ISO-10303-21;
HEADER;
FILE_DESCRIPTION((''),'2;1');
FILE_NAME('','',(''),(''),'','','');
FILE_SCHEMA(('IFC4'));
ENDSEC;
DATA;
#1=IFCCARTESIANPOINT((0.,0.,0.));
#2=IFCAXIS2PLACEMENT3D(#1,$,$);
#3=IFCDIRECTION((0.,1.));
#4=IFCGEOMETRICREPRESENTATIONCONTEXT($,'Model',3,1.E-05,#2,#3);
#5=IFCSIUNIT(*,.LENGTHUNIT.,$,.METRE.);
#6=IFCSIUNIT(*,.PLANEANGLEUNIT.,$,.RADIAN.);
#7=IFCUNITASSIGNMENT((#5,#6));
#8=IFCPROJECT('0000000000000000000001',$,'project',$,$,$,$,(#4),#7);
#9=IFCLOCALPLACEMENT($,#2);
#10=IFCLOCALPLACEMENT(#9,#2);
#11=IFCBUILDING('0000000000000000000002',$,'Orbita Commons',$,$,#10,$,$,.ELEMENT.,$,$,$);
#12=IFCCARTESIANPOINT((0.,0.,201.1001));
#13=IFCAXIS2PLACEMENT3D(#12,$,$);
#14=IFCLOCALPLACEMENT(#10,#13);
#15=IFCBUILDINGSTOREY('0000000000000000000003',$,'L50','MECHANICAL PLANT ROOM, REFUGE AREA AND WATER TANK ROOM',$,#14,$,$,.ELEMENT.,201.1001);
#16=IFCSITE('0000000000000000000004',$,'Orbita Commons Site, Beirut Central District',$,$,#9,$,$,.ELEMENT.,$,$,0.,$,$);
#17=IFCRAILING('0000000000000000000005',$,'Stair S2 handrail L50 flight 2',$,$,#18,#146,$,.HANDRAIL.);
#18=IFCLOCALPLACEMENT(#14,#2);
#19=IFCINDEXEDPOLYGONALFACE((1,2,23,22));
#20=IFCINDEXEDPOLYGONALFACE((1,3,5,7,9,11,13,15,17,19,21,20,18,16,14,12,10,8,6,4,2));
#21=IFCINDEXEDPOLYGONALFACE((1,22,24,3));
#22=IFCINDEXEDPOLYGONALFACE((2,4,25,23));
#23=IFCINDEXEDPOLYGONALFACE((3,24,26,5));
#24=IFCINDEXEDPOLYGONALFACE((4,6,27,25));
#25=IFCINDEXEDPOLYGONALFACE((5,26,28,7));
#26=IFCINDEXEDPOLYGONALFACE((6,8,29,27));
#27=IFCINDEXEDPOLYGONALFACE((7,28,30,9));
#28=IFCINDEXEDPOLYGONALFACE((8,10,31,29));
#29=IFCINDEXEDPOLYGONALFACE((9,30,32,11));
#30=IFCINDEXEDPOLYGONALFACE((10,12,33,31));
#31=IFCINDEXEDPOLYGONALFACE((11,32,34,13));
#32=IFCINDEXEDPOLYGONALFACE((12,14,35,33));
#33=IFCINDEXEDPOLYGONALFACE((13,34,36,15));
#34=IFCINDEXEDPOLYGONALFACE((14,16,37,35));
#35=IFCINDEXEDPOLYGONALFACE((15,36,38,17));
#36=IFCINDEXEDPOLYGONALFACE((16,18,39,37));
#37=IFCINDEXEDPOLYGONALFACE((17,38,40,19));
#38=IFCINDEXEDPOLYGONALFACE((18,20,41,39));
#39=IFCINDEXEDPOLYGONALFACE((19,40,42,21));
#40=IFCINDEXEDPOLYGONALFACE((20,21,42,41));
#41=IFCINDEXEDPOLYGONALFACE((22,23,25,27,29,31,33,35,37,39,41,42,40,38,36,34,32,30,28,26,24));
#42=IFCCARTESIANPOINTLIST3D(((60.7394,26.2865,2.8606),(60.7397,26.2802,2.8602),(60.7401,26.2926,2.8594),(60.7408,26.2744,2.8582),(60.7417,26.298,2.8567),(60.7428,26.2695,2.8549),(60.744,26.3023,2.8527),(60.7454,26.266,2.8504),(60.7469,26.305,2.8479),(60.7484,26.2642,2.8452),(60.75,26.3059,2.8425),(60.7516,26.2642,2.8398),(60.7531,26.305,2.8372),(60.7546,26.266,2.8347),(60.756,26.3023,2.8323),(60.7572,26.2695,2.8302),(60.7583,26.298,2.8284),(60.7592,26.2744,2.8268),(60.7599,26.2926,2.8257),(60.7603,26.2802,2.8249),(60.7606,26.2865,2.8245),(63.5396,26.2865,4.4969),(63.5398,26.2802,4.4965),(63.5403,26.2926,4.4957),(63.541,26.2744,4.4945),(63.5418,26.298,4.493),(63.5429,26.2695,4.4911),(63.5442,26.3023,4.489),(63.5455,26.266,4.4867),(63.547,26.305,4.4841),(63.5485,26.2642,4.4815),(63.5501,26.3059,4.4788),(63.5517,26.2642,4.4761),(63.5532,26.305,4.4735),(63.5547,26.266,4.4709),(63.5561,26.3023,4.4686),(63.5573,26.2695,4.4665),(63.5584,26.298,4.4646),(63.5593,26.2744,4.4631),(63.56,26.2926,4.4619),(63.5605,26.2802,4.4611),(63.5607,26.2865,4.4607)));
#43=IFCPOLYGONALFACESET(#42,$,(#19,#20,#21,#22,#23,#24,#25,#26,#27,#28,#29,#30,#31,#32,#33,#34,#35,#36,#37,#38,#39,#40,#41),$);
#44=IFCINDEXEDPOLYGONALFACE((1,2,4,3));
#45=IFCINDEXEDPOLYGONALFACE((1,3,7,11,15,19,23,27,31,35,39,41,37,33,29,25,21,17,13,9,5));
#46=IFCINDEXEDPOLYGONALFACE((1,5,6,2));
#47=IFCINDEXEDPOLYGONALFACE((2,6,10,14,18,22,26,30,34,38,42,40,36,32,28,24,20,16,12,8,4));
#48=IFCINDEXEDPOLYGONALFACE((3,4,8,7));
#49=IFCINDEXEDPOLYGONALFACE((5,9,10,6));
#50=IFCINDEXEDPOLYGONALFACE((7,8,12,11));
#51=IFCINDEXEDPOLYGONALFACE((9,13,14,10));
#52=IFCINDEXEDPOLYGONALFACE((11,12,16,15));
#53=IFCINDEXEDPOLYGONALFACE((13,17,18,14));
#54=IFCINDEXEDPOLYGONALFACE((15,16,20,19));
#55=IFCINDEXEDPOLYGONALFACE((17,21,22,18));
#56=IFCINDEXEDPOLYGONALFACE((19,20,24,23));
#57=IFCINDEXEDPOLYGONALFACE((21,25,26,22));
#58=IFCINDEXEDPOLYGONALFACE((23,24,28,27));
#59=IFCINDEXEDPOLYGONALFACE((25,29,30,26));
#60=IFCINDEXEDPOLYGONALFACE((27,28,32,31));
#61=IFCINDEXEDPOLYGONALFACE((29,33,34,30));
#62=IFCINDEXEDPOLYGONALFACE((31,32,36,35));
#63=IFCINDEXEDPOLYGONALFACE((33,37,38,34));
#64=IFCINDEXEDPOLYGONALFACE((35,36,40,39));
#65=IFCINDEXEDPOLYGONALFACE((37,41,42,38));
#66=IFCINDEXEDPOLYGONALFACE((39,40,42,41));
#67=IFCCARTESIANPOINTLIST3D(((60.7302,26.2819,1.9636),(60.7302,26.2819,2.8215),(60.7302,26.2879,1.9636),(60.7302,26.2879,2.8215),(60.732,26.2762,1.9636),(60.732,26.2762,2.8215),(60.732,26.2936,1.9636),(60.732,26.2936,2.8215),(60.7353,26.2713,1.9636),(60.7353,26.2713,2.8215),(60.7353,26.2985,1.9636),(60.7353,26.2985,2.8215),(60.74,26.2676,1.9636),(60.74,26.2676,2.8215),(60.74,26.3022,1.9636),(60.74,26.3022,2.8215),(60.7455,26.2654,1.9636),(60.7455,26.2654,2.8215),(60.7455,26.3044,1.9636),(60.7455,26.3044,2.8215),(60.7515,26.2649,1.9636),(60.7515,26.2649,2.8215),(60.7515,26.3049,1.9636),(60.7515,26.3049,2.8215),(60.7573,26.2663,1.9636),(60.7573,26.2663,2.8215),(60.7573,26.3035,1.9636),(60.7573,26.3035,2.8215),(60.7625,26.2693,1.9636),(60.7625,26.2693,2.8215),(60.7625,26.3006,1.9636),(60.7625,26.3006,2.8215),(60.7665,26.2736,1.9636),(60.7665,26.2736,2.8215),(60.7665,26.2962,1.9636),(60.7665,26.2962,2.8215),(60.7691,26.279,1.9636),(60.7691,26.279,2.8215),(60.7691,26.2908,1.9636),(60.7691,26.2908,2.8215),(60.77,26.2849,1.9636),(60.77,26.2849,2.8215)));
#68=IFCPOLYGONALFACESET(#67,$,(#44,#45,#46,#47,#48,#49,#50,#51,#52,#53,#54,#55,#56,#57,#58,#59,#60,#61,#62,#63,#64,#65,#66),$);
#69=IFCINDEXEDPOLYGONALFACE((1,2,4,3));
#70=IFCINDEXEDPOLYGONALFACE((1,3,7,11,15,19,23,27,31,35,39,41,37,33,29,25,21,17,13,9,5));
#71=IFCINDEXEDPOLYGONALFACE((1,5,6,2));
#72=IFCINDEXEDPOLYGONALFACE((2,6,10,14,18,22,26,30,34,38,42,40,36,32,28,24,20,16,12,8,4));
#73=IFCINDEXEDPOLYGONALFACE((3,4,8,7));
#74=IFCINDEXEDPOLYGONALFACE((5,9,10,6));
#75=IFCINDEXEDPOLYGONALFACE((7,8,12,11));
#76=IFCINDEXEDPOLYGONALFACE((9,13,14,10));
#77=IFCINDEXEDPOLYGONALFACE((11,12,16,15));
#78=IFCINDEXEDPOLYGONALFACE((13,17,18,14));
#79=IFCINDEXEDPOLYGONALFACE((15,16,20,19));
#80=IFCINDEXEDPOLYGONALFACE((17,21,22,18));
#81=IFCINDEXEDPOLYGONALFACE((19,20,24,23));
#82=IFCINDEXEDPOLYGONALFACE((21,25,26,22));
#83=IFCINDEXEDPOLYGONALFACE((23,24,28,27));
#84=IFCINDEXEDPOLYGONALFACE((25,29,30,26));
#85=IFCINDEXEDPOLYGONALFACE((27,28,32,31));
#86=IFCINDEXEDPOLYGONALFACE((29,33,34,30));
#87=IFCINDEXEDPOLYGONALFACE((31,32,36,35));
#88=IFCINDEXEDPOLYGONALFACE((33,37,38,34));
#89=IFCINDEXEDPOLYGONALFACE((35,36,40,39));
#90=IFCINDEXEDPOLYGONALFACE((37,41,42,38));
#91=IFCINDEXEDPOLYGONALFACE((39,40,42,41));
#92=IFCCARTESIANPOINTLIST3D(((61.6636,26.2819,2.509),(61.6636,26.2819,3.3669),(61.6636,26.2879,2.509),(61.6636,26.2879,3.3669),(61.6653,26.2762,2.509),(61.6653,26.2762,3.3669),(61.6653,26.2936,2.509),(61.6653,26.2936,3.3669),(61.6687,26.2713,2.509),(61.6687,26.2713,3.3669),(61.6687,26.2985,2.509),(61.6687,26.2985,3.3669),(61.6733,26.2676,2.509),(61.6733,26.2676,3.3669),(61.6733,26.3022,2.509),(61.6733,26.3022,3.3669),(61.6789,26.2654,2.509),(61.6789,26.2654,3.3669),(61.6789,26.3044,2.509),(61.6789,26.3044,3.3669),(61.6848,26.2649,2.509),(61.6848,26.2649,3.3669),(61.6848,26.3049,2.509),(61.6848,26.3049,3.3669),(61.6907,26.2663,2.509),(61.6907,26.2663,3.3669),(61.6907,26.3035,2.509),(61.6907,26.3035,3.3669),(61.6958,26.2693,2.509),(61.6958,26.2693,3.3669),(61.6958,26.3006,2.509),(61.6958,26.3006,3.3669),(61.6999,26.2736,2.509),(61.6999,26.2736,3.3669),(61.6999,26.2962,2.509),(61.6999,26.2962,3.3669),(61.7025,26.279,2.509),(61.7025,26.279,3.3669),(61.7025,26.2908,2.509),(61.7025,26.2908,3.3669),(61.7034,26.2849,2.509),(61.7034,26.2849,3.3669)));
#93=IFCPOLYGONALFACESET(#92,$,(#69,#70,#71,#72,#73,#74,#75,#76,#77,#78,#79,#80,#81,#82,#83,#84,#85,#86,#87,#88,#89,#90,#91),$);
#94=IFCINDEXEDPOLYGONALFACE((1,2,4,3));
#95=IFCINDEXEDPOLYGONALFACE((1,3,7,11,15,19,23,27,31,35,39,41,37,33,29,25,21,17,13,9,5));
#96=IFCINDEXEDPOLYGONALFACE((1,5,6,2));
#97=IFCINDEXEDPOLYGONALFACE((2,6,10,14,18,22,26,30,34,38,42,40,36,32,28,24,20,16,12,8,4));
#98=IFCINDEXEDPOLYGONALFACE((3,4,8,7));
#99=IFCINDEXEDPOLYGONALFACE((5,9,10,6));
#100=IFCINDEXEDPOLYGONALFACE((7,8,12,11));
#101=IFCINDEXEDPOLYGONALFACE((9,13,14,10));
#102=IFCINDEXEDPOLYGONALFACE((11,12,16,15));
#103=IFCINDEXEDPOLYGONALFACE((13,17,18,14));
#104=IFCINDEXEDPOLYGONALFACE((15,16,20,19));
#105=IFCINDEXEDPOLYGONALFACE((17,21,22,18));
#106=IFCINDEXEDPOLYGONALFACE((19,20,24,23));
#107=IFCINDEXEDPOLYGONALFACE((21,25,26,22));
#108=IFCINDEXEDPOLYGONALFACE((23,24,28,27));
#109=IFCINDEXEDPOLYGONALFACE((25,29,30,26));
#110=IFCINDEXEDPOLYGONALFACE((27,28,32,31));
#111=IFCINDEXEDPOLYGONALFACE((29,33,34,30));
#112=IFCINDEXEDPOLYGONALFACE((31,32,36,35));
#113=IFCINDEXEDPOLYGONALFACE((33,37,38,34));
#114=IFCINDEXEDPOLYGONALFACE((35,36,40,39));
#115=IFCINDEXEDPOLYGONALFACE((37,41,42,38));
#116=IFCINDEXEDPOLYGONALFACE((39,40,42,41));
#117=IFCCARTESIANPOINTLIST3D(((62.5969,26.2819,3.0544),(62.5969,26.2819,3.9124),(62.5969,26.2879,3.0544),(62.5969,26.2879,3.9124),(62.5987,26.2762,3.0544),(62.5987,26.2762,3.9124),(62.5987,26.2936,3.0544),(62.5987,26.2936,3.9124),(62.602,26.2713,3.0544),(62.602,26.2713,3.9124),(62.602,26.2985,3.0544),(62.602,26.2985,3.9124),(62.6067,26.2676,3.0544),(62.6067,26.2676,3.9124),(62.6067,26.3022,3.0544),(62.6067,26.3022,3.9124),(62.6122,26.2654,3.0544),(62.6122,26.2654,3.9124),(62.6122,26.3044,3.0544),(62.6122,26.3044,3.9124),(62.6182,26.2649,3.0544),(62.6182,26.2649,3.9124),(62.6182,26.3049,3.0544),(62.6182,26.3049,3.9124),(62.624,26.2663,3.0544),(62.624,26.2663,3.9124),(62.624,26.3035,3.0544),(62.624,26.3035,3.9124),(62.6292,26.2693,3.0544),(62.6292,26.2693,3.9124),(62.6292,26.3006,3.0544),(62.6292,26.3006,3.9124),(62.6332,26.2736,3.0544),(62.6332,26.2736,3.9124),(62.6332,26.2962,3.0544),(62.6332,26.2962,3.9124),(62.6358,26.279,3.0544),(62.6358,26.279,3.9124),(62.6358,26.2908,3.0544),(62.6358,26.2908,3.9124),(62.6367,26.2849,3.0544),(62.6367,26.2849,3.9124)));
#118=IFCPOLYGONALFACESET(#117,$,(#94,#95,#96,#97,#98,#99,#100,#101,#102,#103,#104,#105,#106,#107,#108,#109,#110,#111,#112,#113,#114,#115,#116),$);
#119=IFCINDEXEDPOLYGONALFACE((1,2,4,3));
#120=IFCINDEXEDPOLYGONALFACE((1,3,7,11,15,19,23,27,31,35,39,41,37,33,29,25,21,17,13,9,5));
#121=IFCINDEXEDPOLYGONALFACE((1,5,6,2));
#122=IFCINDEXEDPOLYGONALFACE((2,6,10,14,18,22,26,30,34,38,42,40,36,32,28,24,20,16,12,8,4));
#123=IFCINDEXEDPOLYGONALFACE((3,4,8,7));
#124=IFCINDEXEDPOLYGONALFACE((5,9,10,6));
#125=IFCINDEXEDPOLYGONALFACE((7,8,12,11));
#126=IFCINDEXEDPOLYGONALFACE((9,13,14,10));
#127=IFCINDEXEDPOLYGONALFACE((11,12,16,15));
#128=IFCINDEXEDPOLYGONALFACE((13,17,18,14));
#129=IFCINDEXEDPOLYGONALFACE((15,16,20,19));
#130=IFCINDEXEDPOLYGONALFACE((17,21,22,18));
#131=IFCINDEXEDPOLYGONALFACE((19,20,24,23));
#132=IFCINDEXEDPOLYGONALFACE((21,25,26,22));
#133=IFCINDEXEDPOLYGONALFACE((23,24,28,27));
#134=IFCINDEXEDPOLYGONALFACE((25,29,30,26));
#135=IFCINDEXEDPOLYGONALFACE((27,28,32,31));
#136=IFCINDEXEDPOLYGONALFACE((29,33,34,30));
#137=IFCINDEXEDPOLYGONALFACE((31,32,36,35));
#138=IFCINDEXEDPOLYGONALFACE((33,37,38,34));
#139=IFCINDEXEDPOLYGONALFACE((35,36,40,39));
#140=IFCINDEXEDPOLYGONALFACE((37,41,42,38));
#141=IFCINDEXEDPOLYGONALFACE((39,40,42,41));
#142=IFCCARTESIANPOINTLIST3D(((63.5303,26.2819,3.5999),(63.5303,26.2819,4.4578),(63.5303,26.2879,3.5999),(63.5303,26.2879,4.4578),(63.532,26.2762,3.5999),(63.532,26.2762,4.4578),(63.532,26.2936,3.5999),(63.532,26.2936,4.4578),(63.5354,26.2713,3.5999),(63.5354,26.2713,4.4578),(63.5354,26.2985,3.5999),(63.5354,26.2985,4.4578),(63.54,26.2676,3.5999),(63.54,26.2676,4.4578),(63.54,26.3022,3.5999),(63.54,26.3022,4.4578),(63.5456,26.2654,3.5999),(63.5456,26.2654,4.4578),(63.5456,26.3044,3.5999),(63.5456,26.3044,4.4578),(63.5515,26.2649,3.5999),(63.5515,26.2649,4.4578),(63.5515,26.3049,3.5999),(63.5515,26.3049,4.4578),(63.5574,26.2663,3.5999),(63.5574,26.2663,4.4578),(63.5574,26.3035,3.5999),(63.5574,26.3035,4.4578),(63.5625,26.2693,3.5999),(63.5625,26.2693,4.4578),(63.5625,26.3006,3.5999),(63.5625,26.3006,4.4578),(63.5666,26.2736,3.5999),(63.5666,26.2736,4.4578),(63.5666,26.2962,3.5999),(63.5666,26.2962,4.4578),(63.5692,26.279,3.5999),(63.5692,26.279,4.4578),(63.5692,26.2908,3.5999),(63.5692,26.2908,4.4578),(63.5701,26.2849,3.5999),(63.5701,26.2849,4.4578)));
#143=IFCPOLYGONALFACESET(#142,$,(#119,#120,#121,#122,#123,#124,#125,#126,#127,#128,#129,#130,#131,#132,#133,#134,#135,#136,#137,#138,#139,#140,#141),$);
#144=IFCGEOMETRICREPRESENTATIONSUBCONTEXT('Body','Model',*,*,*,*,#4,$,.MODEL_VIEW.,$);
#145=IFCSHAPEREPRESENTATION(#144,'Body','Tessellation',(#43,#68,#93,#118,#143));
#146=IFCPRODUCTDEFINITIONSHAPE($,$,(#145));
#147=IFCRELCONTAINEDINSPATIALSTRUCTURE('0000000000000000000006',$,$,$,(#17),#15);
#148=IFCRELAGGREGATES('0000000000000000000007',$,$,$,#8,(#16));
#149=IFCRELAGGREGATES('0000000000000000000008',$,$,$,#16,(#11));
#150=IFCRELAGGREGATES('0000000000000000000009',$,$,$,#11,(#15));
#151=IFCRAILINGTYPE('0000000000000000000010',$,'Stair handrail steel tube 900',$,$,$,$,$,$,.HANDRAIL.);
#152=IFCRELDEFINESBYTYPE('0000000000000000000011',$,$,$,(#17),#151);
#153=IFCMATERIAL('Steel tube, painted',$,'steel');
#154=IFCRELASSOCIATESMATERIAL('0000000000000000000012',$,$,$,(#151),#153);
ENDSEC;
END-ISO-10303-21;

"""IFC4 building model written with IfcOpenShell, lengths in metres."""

from ifc_helpers import new_model, si_unit, direction, frame, origin, origin_2d, place, context, subcontext, project, spatial, circle, extrude, material, type_object, element, save


model = new_model("IFC4")

# Units and contexts
model_context = context("Model", 3, precision=1e-05, world=origin(), true_north=direction((0.0, 1.0)))
body_context = subcontext(model_context, "Body", "Model", "MODEL_VIEW")
ifc_project = project(units=[si_unit("LENGTHUNIT", "METRE"), si_unit("PLANEANGLEUNIT", "RADIAN")], contexts=[model_context])

# Site, building, storey
site_placement = place(None, origin())
site = spatial("IfcSite", under=ifc_project, at=site_placement, Name="Orbita Commons Site, Beirut Central District", CompositionType="ELEMENT", RefElevation=0.0)
building_placement = place(site_placement, origin())
building = spatial("IfcBuilding", under=site, at=building_placement, Name="Orbita Commons", CompositionType="ELEMENT")
storey_placement = place(building_placement, frame((0.0, 0.0, 201.1001)))
storey = spatial("IfcBuildingStorey", under=building, at=storey_placement, Name="L50", Description="MECHANICAL PLANT ROOM, REFUGE AREA AND WATER TANK ROOM", CompositionType="ELEMENT", Elevation=201.1001)

# Railing
ifc_material_1 = material(Name="Steel tube, painted", Category="steel")
railing_type = type_object("IfcRailingType", Name="Stair handrail steel tube 900", PredefinedType="HANDRAIL", material=ifc_material_1)
for number, where, name in (
    (1, (60.75, 26.2849, 1.9636), "Stair S2 handrail L50 flight 2"),
):
    element("IfcRailing", number, at=place(storey_placement, frame(where)), inside=storey, type_object=railing_type, Name=name, PredefinedType="HANDRAIL", context=body_context, shape_type="SweptSolid", body=[
        extrude(circle(Radius=0.021, at=origin_2d()), frame((0.0, 0.0, 0.8789), z_axis=(0.863394, 0.0, 0.504531), x_axis=(0.0, 1.0, 0.0)), (0.0, 0.0, 1.0), 3.2432),
        extrude(circle(Radius=0.02, at=origin_2d()), origin(), (0.0, 0.0, 1.0), 0.8579),
        extrude(circle(Radius=0.02, at=origin_2d()), frame((0.9333, 0.0, 0.5454)), (0.0, 0.0, 1.0), 0.8579),
        extrude(circle(Radius=0.02, at=origin_2d()), frame((1.8667, 0.0, 1.0908)), (0.0, 0.0, 1.0), 0.8579),
        extrude(circle(Radius=0.02, at=origin_2d()), frame((2.8, 0.0, 1.6362)), (0.0, 0.0, 1.0), 0.8579),
    ])

save(model, "model.ifc")
